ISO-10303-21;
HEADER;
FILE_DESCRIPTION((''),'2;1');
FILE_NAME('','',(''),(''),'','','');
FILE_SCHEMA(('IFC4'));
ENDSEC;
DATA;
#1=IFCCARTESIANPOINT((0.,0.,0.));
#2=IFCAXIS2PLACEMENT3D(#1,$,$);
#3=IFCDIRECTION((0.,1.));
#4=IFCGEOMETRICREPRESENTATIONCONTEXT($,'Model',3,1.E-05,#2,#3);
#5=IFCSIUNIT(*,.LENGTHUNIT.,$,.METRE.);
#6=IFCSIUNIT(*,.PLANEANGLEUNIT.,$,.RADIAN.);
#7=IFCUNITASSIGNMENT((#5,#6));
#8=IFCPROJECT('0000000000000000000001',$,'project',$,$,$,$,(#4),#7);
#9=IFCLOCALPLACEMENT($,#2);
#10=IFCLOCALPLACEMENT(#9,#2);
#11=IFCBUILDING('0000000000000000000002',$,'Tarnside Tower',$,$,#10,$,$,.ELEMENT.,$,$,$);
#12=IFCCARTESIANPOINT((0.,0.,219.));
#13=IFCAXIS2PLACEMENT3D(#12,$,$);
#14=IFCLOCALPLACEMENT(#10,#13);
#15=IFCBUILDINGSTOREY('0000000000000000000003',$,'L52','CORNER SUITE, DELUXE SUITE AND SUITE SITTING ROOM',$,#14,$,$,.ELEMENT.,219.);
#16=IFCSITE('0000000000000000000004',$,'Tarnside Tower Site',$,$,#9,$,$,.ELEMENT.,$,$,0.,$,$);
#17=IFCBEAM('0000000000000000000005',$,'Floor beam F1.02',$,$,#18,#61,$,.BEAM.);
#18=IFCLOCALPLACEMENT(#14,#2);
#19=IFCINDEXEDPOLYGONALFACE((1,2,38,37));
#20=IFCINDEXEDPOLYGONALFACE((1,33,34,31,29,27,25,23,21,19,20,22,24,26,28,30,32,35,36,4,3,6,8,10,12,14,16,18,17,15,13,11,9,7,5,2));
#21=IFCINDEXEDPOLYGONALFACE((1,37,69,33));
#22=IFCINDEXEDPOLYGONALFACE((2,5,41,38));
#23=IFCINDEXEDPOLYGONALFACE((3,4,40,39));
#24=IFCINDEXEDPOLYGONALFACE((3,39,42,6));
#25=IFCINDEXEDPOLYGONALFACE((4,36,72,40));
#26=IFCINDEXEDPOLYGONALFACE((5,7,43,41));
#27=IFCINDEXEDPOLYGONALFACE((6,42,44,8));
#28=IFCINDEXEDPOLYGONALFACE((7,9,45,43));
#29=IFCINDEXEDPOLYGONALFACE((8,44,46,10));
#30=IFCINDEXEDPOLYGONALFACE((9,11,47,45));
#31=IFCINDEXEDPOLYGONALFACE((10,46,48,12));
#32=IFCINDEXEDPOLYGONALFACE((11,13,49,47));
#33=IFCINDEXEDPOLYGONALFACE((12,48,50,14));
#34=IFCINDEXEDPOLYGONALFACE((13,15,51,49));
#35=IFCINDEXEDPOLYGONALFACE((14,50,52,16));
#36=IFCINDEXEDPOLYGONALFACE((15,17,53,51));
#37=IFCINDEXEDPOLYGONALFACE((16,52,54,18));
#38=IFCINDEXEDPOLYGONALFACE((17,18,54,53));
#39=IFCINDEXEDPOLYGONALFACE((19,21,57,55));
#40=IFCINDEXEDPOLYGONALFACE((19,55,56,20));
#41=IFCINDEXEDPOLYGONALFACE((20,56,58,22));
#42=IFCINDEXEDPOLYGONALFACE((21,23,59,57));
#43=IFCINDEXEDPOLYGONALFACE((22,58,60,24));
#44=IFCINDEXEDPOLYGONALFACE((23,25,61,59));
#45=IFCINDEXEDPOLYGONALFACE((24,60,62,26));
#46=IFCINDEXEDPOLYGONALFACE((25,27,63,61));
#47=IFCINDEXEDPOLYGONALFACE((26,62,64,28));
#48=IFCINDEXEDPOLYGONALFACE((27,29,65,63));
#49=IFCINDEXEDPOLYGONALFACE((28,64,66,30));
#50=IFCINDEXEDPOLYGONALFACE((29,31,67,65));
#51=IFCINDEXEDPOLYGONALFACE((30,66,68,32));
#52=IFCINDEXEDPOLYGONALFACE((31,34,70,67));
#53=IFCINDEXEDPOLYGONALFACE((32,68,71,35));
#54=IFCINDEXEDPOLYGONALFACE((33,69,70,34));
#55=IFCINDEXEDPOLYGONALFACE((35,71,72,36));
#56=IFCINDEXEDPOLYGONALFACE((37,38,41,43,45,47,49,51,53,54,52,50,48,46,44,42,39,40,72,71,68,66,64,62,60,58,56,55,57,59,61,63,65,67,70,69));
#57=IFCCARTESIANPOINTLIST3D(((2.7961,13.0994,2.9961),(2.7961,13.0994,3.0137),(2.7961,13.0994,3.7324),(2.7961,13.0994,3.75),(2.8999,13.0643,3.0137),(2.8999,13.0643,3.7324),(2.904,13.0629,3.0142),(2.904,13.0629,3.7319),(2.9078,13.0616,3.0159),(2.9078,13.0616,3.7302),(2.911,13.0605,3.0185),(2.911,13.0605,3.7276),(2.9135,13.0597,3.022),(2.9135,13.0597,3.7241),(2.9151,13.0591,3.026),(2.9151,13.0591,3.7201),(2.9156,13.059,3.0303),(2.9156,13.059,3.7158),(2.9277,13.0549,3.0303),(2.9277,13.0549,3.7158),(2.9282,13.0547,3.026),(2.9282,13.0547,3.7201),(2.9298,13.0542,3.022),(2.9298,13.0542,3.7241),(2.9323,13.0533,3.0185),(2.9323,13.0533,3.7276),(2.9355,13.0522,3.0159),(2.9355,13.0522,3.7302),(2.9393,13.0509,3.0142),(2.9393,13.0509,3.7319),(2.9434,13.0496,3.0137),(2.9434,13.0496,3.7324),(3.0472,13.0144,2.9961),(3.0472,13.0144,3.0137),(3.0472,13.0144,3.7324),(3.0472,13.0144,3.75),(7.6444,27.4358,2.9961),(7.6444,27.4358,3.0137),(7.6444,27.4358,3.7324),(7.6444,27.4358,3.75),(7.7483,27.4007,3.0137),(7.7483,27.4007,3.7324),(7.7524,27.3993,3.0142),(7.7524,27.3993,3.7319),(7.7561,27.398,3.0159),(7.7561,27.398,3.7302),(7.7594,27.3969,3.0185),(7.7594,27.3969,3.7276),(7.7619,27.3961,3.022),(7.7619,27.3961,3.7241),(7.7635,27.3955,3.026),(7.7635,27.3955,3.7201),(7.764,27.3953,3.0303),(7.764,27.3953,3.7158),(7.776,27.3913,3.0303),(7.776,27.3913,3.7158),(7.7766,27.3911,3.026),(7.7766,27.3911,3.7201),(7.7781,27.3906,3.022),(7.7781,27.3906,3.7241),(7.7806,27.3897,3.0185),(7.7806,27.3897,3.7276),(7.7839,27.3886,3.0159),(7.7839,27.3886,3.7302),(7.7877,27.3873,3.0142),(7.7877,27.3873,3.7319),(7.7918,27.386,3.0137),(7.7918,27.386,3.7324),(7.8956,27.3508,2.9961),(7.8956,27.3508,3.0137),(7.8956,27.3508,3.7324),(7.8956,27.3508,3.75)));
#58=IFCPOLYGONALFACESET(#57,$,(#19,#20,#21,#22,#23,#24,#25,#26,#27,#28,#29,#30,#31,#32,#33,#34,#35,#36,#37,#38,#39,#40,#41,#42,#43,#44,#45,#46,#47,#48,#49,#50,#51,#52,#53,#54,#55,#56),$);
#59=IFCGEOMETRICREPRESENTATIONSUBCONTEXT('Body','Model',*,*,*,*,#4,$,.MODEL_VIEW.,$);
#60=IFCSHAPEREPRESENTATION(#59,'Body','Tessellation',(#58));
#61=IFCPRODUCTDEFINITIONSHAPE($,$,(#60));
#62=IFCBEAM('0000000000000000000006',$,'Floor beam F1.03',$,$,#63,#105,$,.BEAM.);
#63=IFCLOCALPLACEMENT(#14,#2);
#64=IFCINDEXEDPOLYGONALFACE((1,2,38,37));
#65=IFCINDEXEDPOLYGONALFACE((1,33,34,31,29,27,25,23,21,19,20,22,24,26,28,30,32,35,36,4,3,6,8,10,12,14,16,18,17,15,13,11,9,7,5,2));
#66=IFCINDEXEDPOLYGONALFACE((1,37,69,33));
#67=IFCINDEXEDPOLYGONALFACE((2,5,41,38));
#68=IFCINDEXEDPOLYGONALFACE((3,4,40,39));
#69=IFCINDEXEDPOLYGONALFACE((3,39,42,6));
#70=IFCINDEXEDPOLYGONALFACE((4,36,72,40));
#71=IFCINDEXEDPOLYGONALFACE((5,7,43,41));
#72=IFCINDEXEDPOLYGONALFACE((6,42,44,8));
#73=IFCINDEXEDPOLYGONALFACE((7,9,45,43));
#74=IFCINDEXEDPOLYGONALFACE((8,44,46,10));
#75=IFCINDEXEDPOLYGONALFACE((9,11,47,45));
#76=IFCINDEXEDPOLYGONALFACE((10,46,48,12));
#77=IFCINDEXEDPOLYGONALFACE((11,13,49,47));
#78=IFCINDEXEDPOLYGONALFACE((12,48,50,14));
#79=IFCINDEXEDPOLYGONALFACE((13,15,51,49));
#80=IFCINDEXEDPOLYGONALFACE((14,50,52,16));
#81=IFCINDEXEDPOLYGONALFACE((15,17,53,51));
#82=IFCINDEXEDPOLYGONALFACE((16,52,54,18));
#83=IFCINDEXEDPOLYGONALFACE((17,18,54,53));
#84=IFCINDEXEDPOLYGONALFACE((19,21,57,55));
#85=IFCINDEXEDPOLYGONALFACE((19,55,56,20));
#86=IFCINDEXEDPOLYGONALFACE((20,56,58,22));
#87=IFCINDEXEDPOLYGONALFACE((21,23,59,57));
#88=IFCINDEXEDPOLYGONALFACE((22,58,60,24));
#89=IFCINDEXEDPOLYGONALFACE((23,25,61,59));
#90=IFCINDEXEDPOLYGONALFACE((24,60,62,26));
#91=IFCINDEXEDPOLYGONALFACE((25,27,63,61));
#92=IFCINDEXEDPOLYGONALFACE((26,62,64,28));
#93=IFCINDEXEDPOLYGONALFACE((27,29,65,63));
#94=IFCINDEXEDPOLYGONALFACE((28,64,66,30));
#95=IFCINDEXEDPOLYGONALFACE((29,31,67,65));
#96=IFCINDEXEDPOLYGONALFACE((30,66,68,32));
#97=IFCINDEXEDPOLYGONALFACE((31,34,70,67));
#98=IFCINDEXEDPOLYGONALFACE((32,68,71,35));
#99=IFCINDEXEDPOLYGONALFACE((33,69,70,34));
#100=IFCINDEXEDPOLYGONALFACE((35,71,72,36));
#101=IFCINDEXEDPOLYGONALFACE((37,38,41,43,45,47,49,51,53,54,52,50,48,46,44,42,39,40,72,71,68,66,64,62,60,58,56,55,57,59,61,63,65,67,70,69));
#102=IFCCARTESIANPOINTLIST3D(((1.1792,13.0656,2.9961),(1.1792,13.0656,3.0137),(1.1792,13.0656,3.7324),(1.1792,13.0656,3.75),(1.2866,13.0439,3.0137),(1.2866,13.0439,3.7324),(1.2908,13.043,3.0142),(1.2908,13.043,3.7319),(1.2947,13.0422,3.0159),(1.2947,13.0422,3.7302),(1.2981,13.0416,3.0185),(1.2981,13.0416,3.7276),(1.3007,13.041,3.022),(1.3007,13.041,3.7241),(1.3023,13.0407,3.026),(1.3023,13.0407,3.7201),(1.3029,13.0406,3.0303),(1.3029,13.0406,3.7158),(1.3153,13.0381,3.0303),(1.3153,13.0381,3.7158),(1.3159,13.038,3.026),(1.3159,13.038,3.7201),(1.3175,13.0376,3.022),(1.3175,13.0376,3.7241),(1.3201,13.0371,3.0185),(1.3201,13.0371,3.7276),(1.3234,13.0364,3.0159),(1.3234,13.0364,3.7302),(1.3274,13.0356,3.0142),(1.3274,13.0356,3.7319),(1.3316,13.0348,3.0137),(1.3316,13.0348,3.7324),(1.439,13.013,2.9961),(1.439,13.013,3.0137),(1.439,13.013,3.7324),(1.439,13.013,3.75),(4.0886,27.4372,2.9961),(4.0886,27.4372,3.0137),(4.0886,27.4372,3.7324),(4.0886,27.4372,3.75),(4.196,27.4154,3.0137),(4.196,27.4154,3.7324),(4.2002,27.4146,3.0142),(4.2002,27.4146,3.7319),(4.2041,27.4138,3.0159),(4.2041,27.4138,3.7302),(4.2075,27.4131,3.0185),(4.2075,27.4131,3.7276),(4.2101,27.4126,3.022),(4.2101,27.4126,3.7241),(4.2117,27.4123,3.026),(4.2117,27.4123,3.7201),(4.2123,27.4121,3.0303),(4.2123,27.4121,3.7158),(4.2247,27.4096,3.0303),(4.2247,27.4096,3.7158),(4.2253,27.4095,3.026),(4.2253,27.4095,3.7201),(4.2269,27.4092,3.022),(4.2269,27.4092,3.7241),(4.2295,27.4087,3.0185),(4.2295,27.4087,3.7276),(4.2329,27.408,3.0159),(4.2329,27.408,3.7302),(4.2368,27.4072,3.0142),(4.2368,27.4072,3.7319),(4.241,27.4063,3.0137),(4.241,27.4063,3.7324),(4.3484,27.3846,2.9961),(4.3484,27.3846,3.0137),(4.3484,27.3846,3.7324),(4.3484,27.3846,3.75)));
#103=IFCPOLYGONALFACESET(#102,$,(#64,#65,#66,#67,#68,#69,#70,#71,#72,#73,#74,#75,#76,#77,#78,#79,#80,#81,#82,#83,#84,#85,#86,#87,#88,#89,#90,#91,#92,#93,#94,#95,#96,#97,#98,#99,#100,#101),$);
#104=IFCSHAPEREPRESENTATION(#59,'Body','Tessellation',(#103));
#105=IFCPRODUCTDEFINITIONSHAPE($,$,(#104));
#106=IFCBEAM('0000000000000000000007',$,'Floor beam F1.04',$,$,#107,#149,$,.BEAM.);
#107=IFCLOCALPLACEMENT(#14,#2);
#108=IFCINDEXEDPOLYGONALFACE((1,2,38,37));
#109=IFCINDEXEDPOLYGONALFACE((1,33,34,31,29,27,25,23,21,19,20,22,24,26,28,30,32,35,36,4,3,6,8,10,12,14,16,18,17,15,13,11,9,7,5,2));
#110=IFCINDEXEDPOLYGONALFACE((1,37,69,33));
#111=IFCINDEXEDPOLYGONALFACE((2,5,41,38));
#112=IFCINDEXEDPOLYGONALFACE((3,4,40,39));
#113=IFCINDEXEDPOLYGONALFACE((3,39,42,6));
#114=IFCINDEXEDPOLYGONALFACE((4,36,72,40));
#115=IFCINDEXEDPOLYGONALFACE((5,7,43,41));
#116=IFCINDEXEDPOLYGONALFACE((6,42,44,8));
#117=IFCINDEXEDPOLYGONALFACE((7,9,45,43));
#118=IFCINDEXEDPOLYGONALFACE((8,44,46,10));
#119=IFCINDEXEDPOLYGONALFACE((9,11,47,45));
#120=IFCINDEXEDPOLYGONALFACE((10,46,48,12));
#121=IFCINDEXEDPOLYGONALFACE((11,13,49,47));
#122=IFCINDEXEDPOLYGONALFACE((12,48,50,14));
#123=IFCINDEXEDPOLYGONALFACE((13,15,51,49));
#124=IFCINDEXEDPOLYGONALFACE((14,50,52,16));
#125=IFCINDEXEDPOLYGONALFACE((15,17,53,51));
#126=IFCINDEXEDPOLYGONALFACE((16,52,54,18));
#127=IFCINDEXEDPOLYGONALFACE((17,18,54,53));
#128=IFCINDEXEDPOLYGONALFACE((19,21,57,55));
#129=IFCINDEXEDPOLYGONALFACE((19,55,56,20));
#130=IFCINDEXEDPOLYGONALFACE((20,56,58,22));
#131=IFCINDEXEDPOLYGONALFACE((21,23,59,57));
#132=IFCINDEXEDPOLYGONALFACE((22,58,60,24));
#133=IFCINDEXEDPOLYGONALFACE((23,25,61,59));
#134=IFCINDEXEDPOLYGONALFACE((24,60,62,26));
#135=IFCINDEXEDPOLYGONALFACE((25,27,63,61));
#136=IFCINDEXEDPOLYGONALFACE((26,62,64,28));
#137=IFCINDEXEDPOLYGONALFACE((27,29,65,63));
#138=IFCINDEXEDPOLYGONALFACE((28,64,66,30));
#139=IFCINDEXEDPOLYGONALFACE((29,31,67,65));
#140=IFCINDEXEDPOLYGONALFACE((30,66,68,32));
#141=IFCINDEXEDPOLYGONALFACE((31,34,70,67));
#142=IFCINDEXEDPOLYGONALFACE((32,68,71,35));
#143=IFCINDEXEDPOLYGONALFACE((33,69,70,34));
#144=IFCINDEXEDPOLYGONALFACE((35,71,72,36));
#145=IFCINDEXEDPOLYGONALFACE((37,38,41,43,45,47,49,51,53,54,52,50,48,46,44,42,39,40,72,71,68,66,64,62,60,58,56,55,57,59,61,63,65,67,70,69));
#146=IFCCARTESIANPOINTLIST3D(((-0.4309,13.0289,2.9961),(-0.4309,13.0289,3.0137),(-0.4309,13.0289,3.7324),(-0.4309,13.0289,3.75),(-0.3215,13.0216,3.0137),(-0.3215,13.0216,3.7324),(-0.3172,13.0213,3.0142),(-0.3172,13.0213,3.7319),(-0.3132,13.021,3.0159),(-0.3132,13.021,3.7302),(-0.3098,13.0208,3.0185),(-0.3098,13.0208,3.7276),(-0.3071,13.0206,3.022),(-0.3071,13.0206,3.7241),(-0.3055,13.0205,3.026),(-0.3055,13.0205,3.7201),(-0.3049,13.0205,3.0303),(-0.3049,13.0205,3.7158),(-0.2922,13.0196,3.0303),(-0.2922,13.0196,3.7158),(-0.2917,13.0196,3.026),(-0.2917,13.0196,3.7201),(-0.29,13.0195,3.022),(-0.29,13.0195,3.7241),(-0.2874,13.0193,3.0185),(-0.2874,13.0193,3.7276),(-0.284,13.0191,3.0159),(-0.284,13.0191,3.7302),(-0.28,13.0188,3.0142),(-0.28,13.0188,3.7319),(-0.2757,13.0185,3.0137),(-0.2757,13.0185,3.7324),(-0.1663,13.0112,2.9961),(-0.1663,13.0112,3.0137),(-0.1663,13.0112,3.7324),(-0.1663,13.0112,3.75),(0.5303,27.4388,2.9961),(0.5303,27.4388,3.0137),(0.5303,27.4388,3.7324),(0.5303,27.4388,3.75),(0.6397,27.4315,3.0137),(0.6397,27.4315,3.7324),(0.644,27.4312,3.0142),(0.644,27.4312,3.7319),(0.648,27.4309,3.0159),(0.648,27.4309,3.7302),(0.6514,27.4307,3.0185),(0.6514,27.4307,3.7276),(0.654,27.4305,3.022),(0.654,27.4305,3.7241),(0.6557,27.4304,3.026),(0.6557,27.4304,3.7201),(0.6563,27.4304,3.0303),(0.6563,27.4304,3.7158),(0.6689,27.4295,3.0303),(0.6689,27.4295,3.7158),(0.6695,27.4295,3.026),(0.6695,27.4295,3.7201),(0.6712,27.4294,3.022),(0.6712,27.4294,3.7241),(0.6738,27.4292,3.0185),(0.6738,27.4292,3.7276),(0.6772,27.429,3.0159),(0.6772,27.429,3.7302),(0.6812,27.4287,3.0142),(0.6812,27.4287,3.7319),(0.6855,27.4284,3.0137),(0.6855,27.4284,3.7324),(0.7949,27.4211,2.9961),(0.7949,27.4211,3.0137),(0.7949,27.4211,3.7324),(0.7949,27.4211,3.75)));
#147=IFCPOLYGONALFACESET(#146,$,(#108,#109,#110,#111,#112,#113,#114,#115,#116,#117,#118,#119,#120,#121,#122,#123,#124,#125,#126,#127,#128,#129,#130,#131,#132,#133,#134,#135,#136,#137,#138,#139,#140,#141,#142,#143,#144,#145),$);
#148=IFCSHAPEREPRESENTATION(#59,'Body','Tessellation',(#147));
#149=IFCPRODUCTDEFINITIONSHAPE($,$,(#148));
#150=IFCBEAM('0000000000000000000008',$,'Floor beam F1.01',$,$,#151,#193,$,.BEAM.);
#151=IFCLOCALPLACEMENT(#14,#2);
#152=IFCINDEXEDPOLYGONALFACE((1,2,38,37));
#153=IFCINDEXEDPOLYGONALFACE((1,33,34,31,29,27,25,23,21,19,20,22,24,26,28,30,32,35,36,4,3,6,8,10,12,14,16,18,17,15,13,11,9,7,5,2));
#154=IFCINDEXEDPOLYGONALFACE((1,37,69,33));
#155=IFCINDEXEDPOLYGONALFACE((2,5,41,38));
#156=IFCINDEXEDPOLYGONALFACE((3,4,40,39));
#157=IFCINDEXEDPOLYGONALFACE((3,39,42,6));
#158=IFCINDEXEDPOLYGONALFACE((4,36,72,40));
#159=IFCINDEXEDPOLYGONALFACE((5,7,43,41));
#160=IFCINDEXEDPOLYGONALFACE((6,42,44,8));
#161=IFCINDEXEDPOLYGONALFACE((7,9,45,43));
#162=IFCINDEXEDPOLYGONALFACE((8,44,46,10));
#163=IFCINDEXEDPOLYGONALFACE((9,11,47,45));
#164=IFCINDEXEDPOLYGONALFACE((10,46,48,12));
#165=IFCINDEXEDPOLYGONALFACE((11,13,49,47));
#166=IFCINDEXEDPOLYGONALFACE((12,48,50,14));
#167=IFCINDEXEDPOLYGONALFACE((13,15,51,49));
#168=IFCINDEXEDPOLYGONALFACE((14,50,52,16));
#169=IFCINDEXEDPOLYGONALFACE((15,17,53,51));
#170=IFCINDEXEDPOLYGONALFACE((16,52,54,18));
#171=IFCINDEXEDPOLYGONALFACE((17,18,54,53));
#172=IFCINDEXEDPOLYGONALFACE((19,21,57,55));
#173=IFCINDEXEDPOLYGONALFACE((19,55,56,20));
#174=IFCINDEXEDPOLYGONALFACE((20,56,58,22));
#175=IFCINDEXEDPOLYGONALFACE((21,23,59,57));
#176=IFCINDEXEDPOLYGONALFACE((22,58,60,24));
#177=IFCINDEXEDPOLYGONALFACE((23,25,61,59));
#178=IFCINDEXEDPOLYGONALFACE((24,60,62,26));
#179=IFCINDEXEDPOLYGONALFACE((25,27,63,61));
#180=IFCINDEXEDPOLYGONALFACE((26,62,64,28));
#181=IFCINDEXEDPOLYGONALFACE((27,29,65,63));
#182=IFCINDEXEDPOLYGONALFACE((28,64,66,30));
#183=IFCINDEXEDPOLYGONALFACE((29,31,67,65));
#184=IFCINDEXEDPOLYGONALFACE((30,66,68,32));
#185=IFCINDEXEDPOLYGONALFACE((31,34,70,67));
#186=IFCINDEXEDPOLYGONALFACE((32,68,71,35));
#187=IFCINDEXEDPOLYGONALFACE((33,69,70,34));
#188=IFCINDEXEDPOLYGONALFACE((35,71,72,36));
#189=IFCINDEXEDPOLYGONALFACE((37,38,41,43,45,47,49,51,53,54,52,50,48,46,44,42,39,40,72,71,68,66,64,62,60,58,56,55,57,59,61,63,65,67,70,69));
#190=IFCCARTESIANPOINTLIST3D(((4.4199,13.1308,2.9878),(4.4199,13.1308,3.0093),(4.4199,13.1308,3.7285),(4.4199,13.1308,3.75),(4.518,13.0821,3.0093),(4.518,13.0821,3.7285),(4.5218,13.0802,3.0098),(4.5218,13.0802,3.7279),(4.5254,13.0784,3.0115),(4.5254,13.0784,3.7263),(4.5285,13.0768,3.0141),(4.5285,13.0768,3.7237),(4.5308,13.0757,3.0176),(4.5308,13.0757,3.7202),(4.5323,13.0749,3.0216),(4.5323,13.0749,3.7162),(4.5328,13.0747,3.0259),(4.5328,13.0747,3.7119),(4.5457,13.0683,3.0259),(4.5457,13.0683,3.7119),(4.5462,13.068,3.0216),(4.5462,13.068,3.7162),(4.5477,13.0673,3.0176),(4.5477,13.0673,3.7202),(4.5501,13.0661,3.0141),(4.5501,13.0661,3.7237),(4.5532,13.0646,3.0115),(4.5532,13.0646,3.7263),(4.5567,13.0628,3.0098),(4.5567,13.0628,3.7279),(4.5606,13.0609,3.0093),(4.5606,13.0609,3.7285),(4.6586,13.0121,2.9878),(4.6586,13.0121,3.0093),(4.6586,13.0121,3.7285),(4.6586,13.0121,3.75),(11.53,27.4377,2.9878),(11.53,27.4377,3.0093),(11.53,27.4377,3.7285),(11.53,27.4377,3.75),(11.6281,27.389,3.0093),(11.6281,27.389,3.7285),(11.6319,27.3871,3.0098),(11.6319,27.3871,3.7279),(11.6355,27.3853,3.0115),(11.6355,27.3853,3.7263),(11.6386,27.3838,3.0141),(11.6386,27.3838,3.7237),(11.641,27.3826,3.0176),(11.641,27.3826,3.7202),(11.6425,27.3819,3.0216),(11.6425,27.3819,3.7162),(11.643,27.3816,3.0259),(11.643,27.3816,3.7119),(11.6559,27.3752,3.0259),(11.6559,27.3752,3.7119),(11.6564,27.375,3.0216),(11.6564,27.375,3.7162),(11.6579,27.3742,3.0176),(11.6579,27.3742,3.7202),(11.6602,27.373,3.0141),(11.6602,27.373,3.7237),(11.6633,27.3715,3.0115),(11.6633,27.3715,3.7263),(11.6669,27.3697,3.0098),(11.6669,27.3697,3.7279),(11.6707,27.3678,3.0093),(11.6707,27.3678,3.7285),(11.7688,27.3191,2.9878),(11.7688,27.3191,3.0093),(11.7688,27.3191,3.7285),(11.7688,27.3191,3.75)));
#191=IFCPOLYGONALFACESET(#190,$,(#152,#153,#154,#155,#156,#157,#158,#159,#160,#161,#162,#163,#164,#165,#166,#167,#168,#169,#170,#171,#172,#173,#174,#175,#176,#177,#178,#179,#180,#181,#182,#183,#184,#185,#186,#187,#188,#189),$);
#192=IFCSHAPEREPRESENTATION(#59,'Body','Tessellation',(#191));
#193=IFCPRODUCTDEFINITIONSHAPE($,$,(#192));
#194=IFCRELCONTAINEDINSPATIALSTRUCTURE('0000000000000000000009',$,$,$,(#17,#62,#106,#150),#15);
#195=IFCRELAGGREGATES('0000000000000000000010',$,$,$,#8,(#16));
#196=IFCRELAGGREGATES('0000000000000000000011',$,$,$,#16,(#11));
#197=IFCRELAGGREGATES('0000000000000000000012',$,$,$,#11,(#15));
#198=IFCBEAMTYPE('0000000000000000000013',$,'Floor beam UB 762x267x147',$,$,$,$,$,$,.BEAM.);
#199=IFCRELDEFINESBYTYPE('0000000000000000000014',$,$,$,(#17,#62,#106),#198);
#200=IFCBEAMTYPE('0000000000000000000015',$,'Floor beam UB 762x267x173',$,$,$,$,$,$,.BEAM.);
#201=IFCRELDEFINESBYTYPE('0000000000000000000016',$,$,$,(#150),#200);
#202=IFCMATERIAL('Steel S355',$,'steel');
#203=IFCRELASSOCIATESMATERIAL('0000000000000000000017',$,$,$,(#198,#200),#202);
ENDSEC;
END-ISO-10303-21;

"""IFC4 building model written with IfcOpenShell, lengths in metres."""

from ifc_helpers import new_model, si_unit, direction, frame, origin, origin_2d, place, context, subcontext, project, spatial, i_section, extrude, material, material_profile, profile_set, type_object, element, save


model = new_model("IFC4")

# Units and contexts
model_context = context("Model", 3, precision=1e-05, world=origin(), true_north=direction((0.0, 1.0)))
body_context = subcontext(model_context, "Body", "Model", "MODEL_VIEW")
ifc_project = project(units=[si_unit("LENGTHUNIT", "METRE"), si_unit("PLANEANGLEUNIT", "RADIAN")], contexts=[model_context])

# Site, building, storey
site_placement = place(None, origin())
site = spatial("IfcSite", under=ifc_project, at=site_placement, Name="Tarnside Tower Site", CompositionType="ELEMENT", RefElevation=0.0)
building_placement = place(site_placement, origin())
building = spatial("IfcBuilding", under=site, at=building_placement, Name="Tarnside Tower", CompositionType="ELEMENT")
storey_placement = place(building_placement, frame((0.0, 0.0, 219.0)))
storey = spatial("IfcBuildingStorey", under=building, at=storey_placement, Name="L52", Description="CORNER SUITE, DELUXE SUITE AND SUITE SITTING ROOM", CompositionType="ELEMENT", Elevation=219.0)

# Beams
ifc_material_1 = material(Name="Steel S355", Category="steel")
ifc_material_profile_1 = material_profile(ifc_material_1, i_section(OverallWidth=0.2651, OverallDepth=0.7539, WebThickness=0.0127, FlangeThickness=0.0176, FilletRadius=0.0166, at=origin_2d()), Name="UB 762x267x147")
ifc_profile_set_1 = profile_set([ifc_material_profile_1], Name="Steel S355")
beam_type_1 = type_object("IfcBeamType", Name="Floor beam UB 762x267x147", PredefinedType="BEAM", material=ifc_profile_set_1)
beam_1_placement = place(storey_placement, frame((7.77, 27.3933, 3.373), z_axis=(-0.320363, -0.947295, 0.0), x_axis=(0.947295, -0.320363, 0.0)))
element("IfcBeam", 1, at=beam_1_placement, inside=storey, type_object=beam_type_1, Name="Floor beam F1.02", PredefinedType="BEAM", context=body_context, shape_type="SweptSolid", body=[
    extrude(i_section(OverallWidth=0.2651, OverallDepth=0.7539, WebThickness=0.0127, FlangeThickness=0.0176, FilletRadius=0.0166, at=origin_2d()), origin(), (0.0, 0.0, 1.0), 15.134),
])
beam_2_placement = place(storey_placement, frame((4.2185, 27.4109, 3.373), z_axis=(-0.198418, -0.980118, 0.0), x_axis=(0.980118, -0.198418, 0.0)))
element("IfcBeam", 2, at=beam_2_placement, inside=storey, type_object=beam_type_1, Name="Floor beam F1.03", PredefinedType="BEAM", context=body_context, shape_type="SweptSolid", body=[
    extrude(i_section(OverallWidth=0.2651, OverallDepth=0.7539, WebThickness=0.0127, FlangeThickness=0.0176, FilletRadius=0.0166, at=origin_2d()), origin(), (0.0, 0.0, 1.0), 14.6631),
])
beam_3_placement = place(storey_placement, frame((0.6626, 27.4299, 3.373), z_axis=(-0.066555, -0.997783, 0.0), x_axis=(0.997783, -0.066555, 0.0)))
element("IfcBeam", 3, at=beam_3_placement, inside=storey, type_object=beam_type_1, Name="Floor beam F1.04", PredefinedType="BEAM", context=body_context, shape_type="SweptSolid", body=[
    extrude(i_section(OverallWidth=0.2651, OverallDepth=0.7539, WebThickness=0.0127, FlangeThickness=0.0176, FilletRadius=0.0166, at=origin_2d()), origin(), (0.0, 0.0, 1.0), 14.4419),
])
ifc_material_profile_2 = material_profile(ifc_material_1, i_section(OverallWidth=0.2666, OverallDepth=0.7622, WebThickness=0.0144, FlangeThickness=0.0215, FilletRadius=0.0166, at=origin_2d()), Name="UB 762x267x173")
ifc_profile_set_2 = profile_set([ifc_material_profile_2], Name="Steel S355")
beam_type_2 = type_object("IfcBeamType", Name="Floor beam UB 762x267x173", PredefinedType="BEAM", material=ifc_profile_set_2)
beam_4_placement = place(storey_placement, frame((11.6494, 27.3784, 3.3689), z_axis=(-0.445042, -0.89551, 0.0), x_axis=(0.89551, -0.445042, 0.0)))
element("IfcBeam", 4, at=beam_4_placement, inside=storey, type_object=beam_type_2, Name="Floor beam F1.01", PredefinedType="BEAM", context=body_context, shape_type="SweptSolid", body=[
    extrude(i_section(OverallWidth=0.2666, OverallDepth=0.7622, WebThickness=0.0144, FlangeThickness=0.0215, FilletRadius=0.0166, at=origin_2d()), origin(), (0.0, 0.0, 1.0), 15.9763),
])

save(model, "model.ifc")
